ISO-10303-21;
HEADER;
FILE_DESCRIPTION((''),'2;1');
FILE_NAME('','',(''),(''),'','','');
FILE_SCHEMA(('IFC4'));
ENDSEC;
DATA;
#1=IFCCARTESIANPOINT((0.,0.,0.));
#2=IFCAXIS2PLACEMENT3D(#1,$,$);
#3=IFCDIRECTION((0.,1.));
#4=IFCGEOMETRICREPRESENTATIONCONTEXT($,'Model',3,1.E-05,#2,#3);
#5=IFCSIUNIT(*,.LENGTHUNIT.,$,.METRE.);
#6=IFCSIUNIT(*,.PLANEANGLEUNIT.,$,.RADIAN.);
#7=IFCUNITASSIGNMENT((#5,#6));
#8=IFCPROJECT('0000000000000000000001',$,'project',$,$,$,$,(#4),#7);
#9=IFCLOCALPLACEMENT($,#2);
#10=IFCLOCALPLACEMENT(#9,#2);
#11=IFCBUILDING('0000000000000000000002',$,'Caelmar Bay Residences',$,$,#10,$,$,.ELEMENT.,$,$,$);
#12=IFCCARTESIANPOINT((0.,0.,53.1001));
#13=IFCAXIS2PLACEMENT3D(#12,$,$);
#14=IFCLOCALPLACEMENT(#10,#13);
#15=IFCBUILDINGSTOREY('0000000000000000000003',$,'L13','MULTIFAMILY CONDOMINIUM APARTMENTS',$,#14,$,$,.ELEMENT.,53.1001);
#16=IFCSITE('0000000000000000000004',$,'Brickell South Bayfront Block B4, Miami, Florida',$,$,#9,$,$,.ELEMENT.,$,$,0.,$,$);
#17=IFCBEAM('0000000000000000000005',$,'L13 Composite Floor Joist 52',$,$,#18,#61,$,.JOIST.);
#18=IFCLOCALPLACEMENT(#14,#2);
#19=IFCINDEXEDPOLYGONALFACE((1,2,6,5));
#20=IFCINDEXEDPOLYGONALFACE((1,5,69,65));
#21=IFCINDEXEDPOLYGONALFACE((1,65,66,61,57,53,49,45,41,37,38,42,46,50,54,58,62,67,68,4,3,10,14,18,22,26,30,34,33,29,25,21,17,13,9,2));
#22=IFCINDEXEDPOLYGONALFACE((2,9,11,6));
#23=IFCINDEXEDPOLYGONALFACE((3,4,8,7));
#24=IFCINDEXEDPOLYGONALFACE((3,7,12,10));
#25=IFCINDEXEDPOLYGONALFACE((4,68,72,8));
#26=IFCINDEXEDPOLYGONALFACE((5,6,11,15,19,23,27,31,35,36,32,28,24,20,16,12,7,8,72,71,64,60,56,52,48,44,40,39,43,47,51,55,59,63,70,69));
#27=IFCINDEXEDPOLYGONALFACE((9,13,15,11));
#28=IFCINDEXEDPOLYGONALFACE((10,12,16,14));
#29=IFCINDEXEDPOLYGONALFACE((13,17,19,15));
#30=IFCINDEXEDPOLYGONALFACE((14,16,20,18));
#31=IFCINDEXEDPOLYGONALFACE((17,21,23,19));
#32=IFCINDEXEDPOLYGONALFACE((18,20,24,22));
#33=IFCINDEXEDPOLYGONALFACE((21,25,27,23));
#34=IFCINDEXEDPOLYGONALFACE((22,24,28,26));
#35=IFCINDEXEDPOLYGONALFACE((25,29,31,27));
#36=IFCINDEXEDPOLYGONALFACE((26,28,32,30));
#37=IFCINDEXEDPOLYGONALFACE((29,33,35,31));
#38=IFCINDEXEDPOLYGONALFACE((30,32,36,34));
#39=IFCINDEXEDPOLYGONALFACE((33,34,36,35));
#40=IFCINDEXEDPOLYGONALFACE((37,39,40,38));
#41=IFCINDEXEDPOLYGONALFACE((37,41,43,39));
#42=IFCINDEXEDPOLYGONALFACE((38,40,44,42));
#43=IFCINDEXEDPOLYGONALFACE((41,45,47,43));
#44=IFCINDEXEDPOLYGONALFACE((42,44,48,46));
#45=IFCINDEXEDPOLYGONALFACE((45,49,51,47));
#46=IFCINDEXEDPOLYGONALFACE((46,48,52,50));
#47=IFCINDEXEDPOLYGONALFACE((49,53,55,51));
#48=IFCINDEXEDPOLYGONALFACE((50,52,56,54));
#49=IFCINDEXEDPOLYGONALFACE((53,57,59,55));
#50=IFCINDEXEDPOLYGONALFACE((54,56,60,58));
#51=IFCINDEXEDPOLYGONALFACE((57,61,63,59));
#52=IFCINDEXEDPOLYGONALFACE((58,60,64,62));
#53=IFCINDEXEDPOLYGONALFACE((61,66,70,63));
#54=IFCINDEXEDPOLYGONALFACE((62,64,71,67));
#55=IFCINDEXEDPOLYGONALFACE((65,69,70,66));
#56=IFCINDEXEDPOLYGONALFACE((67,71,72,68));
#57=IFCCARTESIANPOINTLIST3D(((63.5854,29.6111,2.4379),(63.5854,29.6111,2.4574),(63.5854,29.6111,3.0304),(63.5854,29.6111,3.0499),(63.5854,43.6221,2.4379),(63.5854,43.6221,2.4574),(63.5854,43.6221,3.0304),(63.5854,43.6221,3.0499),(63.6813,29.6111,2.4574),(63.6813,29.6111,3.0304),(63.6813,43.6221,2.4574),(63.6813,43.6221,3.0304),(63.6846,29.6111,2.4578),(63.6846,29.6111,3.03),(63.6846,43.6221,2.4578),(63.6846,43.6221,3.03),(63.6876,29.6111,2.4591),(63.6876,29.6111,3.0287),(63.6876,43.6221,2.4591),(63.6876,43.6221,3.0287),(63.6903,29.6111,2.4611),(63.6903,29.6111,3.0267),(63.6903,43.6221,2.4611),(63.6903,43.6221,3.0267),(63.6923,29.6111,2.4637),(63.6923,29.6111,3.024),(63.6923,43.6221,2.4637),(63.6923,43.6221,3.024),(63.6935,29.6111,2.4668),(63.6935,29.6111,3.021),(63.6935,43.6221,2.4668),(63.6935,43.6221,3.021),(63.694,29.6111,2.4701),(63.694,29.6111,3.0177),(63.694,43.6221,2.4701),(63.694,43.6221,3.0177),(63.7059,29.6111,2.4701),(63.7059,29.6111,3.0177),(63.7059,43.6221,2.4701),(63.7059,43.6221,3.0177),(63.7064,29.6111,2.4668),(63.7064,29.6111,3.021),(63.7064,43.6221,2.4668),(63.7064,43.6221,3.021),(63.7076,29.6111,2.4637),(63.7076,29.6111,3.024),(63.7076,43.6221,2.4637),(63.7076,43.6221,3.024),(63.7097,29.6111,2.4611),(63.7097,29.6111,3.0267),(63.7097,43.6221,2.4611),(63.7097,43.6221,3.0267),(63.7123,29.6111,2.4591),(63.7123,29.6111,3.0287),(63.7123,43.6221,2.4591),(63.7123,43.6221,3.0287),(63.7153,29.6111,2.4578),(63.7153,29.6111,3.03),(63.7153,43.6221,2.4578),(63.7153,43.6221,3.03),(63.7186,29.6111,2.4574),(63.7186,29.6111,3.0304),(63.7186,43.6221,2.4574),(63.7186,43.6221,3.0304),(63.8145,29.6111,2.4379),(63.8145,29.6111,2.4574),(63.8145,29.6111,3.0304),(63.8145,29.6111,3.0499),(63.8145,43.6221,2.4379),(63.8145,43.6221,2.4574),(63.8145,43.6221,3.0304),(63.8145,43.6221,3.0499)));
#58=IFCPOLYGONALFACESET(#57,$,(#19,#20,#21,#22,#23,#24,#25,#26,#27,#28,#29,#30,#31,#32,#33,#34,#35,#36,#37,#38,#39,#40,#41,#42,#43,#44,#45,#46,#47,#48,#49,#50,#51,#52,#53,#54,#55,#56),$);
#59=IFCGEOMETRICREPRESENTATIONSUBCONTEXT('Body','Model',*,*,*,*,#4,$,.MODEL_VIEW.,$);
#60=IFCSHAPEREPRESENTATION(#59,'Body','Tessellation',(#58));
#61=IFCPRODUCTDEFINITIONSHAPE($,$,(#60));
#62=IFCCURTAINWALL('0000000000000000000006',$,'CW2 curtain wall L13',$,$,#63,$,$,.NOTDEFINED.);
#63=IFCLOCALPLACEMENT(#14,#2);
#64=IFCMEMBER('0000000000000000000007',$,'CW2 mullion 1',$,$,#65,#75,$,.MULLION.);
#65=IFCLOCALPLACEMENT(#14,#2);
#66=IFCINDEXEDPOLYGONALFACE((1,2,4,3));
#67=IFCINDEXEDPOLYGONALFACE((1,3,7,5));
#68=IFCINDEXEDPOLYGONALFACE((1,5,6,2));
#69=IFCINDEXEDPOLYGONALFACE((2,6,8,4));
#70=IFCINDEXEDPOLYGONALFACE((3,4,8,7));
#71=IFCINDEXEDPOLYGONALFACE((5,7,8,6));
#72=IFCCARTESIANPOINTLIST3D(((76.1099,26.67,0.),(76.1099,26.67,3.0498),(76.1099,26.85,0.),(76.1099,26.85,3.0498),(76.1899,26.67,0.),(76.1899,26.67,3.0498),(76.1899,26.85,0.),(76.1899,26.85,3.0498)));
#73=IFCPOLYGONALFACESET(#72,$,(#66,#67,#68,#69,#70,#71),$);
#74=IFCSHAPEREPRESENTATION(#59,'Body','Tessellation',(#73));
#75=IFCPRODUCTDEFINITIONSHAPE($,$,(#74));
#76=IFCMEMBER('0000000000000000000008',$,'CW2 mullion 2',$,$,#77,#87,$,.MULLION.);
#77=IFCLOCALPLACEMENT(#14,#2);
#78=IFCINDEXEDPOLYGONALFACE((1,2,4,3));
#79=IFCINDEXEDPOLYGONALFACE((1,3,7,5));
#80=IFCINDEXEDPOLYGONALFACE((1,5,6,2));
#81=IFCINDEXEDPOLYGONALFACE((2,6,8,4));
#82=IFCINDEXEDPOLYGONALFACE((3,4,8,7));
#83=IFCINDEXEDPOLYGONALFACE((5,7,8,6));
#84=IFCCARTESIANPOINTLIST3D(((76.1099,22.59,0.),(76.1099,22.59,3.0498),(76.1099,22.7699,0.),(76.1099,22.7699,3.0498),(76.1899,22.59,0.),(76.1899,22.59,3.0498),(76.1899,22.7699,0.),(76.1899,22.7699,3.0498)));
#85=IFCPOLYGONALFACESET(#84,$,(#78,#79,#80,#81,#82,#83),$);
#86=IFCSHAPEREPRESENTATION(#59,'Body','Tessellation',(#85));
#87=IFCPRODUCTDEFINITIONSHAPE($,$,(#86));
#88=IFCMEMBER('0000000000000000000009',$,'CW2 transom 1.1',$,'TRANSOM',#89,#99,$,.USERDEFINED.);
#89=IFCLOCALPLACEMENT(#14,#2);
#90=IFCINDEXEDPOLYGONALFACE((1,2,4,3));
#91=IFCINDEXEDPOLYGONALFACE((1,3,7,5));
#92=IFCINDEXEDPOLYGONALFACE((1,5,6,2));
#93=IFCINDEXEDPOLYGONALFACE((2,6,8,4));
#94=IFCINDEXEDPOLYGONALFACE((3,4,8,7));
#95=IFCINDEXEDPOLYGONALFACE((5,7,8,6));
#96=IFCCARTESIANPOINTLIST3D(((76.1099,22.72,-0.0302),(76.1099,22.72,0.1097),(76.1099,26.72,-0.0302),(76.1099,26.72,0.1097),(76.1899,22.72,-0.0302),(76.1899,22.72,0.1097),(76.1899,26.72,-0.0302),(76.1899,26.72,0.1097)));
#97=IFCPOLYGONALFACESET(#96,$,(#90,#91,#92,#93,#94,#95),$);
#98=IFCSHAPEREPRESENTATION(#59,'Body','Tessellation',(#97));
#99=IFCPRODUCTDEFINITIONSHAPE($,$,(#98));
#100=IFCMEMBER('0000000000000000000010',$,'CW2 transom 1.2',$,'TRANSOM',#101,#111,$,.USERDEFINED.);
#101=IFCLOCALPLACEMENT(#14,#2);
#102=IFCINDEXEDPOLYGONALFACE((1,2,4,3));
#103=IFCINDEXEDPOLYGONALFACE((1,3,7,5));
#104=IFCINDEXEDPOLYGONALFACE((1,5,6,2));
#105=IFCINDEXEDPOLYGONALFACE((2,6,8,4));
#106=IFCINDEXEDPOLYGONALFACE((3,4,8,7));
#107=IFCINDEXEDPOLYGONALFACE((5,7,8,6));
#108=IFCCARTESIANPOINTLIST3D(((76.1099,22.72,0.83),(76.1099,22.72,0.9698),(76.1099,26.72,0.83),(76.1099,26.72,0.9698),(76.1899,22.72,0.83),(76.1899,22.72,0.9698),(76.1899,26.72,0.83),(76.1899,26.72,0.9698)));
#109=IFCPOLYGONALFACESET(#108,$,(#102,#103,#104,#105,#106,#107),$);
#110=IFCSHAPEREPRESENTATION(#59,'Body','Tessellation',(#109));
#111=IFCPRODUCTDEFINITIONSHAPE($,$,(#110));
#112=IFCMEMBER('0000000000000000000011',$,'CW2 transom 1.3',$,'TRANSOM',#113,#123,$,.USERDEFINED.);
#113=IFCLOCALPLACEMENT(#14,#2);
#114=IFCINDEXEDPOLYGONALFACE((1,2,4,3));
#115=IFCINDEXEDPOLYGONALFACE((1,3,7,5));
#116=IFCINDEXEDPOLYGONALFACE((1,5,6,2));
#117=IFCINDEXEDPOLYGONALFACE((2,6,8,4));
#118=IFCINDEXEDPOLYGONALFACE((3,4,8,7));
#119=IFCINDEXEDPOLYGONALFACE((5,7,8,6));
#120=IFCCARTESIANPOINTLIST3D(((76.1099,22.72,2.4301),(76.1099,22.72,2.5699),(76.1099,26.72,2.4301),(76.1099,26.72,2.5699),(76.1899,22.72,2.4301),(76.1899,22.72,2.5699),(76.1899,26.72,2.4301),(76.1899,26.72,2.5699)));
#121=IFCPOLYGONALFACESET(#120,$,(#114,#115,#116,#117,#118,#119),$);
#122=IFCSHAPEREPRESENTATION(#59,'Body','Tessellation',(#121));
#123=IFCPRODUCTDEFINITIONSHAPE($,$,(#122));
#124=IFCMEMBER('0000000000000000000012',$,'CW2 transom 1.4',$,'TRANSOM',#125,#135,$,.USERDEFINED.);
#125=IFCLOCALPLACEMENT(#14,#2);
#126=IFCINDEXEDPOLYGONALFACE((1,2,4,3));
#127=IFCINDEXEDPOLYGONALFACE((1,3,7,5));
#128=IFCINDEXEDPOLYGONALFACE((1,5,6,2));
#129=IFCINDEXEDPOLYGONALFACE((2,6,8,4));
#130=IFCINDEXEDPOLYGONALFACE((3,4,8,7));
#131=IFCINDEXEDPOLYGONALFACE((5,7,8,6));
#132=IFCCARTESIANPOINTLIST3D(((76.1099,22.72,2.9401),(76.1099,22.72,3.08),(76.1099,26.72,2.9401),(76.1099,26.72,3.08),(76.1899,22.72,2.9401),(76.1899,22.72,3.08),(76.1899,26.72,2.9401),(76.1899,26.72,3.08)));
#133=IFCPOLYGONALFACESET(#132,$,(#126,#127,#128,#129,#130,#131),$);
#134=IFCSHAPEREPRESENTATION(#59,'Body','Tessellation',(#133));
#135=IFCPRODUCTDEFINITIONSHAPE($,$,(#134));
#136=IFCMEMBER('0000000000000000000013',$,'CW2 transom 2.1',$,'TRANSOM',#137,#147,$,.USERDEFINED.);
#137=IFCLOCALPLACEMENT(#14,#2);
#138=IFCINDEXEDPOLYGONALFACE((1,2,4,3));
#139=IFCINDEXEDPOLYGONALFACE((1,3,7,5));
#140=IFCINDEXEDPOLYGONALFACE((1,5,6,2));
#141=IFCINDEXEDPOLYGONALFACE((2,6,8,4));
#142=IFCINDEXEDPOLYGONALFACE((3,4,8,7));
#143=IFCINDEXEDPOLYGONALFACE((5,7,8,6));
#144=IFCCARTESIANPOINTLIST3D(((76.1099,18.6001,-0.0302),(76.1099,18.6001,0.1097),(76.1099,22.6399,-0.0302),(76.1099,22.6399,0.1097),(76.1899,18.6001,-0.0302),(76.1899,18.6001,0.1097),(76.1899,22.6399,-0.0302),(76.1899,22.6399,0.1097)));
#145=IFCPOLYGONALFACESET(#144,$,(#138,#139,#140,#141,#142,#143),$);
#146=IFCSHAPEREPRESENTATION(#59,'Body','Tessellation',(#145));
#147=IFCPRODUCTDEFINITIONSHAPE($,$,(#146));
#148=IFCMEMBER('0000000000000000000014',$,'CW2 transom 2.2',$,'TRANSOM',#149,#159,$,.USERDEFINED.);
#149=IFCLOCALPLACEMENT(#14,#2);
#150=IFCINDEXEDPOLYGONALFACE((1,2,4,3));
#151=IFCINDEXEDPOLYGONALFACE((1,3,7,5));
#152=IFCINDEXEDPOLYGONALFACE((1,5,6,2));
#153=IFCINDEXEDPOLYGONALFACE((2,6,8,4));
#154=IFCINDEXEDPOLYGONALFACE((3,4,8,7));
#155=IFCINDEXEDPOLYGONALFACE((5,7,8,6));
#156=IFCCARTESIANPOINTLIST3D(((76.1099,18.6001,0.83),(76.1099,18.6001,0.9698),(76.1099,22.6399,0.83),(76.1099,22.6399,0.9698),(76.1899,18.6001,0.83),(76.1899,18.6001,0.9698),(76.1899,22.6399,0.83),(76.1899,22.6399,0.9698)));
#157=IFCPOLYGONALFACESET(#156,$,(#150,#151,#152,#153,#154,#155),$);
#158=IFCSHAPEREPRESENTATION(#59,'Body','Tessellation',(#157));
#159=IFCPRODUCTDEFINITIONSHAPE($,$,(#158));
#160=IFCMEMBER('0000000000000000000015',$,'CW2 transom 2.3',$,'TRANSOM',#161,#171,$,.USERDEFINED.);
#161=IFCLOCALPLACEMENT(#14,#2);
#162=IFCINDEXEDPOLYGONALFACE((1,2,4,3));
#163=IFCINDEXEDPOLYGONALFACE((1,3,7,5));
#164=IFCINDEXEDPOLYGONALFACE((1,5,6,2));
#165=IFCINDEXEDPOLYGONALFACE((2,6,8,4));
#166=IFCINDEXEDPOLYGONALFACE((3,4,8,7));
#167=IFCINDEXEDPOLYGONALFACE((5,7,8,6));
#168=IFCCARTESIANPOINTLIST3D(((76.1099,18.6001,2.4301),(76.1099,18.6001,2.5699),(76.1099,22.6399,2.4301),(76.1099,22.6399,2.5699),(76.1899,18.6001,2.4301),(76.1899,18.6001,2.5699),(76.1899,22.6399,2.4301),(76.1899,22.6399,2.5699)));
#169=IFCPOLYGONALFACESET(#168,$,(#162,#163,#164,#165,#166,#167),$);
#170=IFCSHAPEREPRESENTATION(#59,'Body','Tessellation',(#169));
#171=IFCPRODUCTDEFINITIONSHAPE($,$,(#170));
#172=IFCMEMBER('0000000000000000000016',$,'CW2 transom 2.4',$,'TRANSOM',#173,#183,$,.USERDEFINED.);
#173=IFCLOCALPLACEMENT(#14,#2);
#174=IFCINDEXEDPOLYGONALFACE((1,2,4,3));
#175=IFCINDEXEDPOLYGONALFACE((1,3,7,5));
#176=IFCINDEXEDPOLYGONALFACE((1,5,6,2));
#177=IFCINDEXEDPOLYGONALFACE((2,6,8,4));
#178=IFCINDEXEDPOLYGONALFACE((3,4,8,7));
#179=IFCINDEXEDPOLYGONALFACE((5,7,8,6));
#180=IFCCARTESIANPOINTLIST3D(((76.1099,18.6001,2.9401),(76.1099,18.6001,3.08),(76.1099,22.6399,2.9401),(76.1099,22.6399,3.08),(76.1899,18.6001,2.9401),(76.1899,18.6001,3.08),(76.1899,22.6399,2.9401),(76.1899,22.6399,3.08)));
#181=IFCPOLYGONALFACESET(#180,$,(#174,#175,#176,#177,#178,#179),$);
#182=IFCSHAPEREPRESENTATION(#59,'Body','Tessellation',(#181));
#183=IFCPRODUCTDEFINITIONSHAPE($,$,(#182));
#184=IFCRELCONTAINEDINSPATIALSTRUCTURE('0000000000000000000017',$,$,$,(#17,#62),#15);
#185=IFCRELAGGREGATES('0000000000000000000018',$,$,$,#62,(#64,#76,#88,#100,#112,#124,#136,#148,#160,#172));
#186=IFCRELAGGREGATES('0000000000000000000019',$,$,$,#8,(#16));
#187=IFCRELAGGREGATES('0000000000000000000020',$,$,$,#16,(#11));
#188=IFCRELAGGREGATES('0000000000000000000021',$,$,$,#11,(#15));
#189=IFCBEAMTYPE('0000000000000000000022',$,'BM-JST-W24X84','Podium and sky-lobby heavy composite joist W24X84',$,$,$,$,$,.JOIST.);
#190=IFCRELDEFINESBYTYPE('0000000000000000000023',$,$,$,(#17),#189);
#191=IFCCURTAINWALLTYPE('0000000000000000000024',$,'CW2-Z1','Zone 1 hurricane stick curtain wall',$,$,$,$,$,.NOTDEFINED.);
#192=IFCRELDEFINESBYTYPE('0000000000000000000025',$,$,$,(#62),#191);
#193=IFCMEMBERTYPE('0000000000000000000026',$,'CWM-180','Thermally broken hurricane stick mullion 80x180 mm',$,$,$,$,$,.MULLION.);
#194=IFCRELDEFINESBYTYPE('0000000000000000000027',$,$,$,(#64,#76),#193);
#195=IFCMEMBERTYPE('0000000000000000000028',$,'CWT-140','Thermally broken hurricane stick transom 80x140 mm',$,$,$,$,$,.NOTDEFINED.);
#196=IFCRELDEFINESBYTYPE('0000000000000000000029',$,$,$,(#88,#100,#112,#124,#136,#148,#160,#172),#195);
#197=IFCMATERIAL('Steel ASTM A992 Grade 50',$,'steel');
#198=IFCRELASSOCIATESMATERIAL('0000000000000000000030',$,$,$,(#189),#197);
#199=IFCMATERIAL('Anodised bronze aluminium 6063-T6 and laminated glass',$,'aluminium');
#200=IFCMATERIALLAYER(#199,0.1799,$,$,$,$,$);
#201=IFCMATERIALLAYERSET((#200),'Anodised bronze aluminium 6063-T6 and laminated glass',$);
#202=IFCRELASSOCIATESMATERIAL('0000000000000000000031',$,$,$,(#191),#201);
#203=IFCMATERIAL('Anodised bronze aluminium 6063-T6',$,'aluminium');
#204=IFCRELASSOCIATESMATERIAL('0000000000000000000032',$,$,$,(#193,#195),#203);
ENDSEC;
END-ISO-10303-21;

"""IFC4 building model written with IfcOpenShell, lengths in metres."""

from ifc_helpers import new_model, si_unit, direction, frame, origin, origin_2d, place, context, subcontext, project, spatial, rectangle, i_section, extrude, material, layer, layer_set, material_profile, profile_set, type_object, element, aggregate, save


model = new_model("IFC4")

# Units and contexts
model_context = context("Model", 3, precision=1e-05, world=origin(), true_north=direction((0.0, 1.0)))
body_context = subcontext(model_context, "Body", "Model", "MODEL_VIEW")
ifc_project = project(units=[si_unit("LENGTHUNIT", "METRE"), si_unit("PLANEANGLEUNIT", "RADIAN")], contexts=[model_context])

# Site, building, storey
site_placement = place(None, origin())
site = spatial("IfcSite", under=ifc_project, at=site_placement, Name="Brickell South Bayfront Block B4, Miami, Florida", CompositionType="ELEMENT", RefElevation=0.0)
building_placement = place(site_placement, origin())
building = spatial("IfcBuilding", under=site, at=building_placement, Name="Caelmar Bay Residences", CompositionType="ELEMENT")
storey_placement = place(building_placement, frame((0.0, 0.0, 53.1001)))
storey = spatial("IfcBuildingStorey", under=building, at=storey_placement, Name="L13", Description="MULTIFAMILY CONDOMINIUM APARTMENTS", CompositionType="ELEMENT", Elevation=53.1001)

# Beam
ifc_material_1 = material(Name="Steel ASTM A992 Grade 50", Category="steel")
ifc_material_profile_1 = material_profile(ifc_material_1, i_section(OverallWidth=0.229, OverallDepth=0.6121, WebThickness=0.012, FlangeThickness=0.0195, FilletRadius=0.0127, at=origin_2d()), Name="W24X84")
ifc_profile_set_1 = profile_set([ifc_material_profile_1], Name="Steel ASTM A992 Grade 50")
beam_type_1 = type_object("IfcBeamType", Name="BM-JST-W24X84", Description="Podium and sky-lobby heavy composite joist W24X84", PredefinedType="JOIST", material=ifc_profile_set_1)
beam_1_placement = place(storey_placement, frame((63.7, 29.6111, 2.7439), z_axis=(0.0, 1.0, 0.0), x_axis=(-1.0, 0.0, 0.0)))
element("IfcBeam", 1, at=beam_1_placement, inside=storey, type_object=beam_type_1, Name="L13 Composite Floor Joist 52", PredefinedType="JOIST", context=body_context, shape_type="SweptSolid", body=[
    extrude(i_section(OverallWidth=0.229, OverallDepth=0.6121, WebThickness=0.012, FlangeThickness=0.0195, FilletRadius=0.0127, at=origin_2d()), origin(), (0.0, 0.0, 1.0), 14.011),
])

# Curtain wall, members
ifc_material_2 = material(Name="Anodised bronze aluminium 6063-T6 and laminated glass", Category="aluminium")
ifc_layer_1 = layer(ifc_material_2, 0.1799)
ifc_layer_set_1 = layer_set([ifc_layer_1], Name="Anodised bronze aluminium 6063-T6 and laminated glass")
curtain_wall_type = type_object("IfcCurtainWallType", Name="CW2-Z1", Description="Zone 1 hurricane stick curtain wall", PredefinedType="NOTDEFINED", material=ifc_layer_set_1)
curtain_wall_placement = place(storey_placement, origin())
curtain_wall = element("IfcCurtainWall", 2, at=curtain_wall_placement, inside=storey, type_object=curtain_wall_type, Name="CW2 curtain wall L13", PredefinedType="NOTDEFINED")
ifc_material_3 = material(Name="Anodised bronze aluminium 6063-T6", Category="aluminium")
ifc_material_profile_2 = material_profile(ifc_material_3, rectangle(XDim=0.0801, YDim=0.1799, at=origin_2d()), Name="CWM-80X180")
ifc_profile_set_2 = profile_set([ifc_material_profile_2], Name="Anodised bronze aluminium 6063-T6")
member_type_1 = type_object("IfcMemberType", Name="CWM-180", Description="Thermally broken hurricane stick mullion 80x180 mm", PredefinedType="MULLION", material=ifc_profile_set_2)
member_1_placement = place(storey_placement, frame((76.1499, 26.76, 0.0), z_axis=(0.0, 0.0, 1.0), x_axis=(1.0, 0.0, 0.0)))
member_1 = element("IfcMember", 3, at=member_1_placement, type_object=member_type_1, Name="CW2 mullion 1", PredefinedType="MULLION", context=body_context, shape_type="SweptSolid", body=[
    extrude(rectangle(XDim=0.0801, YDim=0.1799, at=origin_2d()), origin(), (0.0, 0.0, 1.0), 3.0498),
])
member_2_placement = place(storey_placement, frame((76.1499, 22.6799, 0.0), z_axis=(0.0, 0.0, 1.0), x_axis=(1.0, 0.0, 0.0)))
member_2 = element("IfcMember", 4, at=member_2_placement, type_object=member_type_1, Name="CW2 mullion 2", PredefinedType="MULLION", context=body_context, shape_type="SweptSolid", body=[
    extrude(rectangle(XDim=0.0801, YDim=0.1799, at=origin_2d()), origin(), (0.0, 0.0, 1.0), 3.0498),
])
ifc_material_profile_3 = material_profile(ifc_material_3, rectangle(XDim=0.0801, YDim=0.1399, at=origin_2d()), Name="CWT-80X140")
ifc_profile_set_3 = profile_set([ifc_material_profile_3], Name="Anodised bronze aluminium 6063-T6")
member_type_2 = type_object("IfcMemberType", Name="CWT-140", Description="Thermally broken hurricane stick transom 80x140 mm", PredefinedType="NOTDEFINED", material=ifc_profile_set_3)
member_3_placement = place(storey_placement, frame((76.1499, 26.72, 0.0398), z_axis=(0.0, -1.0, 0.0), x_axis=(1.0, 0.0, 0.0)))
member_3 = element("IfcMember", 5, at=member_3_placement, type_object=member_type_2, Name="CW2 transom 1.1", ObjectType="TRANSOM", PredefinedType="USERDEFINED", context=body_context, shape_type="SweptSolid", body=[
    extrude(rectangle(XDim=0.0801, YDim=0.1399, at=origin_2d()), origin(), (0.0, 0.0, 1.0), 4.0),
])
member_4_placement = place(storey_placement, frame((76.1499, 26.72, 0.8999), z_axis=(0.0, -1.0, 0.0), x_axis=(1.0, 0.0, 0.0)))
member_4 = element("IfcMember", 6, at=member_4_placement, type_object=member_type_2, Name="CW2 transom 1.2", ObjectType="TRANSOM", PredefinedType="USERDEFINED", context=body_context, shape_type="SweptSolid", body=[
    extrude(rectangle(XDim=0.0801, YDim=0.1399, at=origin_2d()), origin(), (0.0, 0.0, 1.0), 4.0),
])
member_5_placement = place(storey_placement, frame((76.1499, 26.72, 2.5), z_axis=(0.0, -1.0, 0.0), x_axis=(1.0, 0.0, 0.0)))
member_5 = element("IfcMember", 7, at=member_5_placement, type_object=member_type_2, Name="CW2 transom 1.3", ObjectType="TRANSOM", PredefinedType="USERDEFINED", context=body_context, shape_type="SweptSolid", body=[
    extrude(rectangle(XDim=0.0801, YDim=0.1399, at=origin_2d()), origin(), (0.0, 0.0, 1.0), 4.0),
])
member_6_placement = place(storey_placement, frame((76.1499, 26.72, 3.01), z_axis=(0.0, -1.0, 0.0), x_axis=(1.0, 0.0, 0.0)))
member_6 = element("IfcMember", 8, at=member_6_placement, type_object=member_type_2, Name="CW2 transom 1.4", ObjectType="TRANSOM", PredefinedType="USERDEFINED", context=body_context, shape_type="SweptSolid", body=[
    extrude(rectangle(XDim=0.0801, YDim=0.1399, at=origin_2d()), origin(), (0.0, 0.0, 1.0), 4.0),
])
member_7_placement = place(storey_placement, frame((76.1499, 22.6399, 0.0398), z_axis=(0.0, -1.0, 0.0), x_axis=(1.0, 0.0, 0.0)))
member_7 = element("IfcMember", 9, at=member_7_placement, type_object=member_type_2, Name="CW2 transom 2.1", ObjectType="TRANSOM", PredefinedType="USERDEFINED", context=body_context, shape_type="SweptSolid", body=[
    extrude(rectangle(XDim=0.0801, YDim=0.1399, at=origin_2d()), origin(), (0.0, 0.0, 1.0), 4.0398),
])
member_8_placement = place(storey_placement, frame((76.1499, 22.6399, 0.8999), z_axis=(0.0, -1.0, 0.0), x_axis=(1.0, 0.0, 0.0)))
member_8 = element("IfcMember", 10, at=member_8_placement, type_object=member_type_2, Name="CW2 transom 2.2", ObjectType="TRANSOM", PredefinedType="USERDEFINED", context=body_context, shape_type="SweptSolid", body=[
    extrude(rectangle(XDim=0.0801, YDim=0.1399, at=origin_2d()), origin(), (0.0, 0.0, 1.0), 4.0398),
])
member_9_placement = place(storey_placement, frame((76.1499, 22.6399, 2.5), z_axis=(0.0, -1.0, 0.0), x_axis=(1.0, 0.0, 0.0)))
member_9 = element("IfcMember", 11, at=member_9_placement, type_object=member_type_2, Name="CW2 transom 2.3", ObjectType="TRANSOM", PredefinedType="USERDEFINED", context=body_context, shape_type="SweptSolid", body=[
    extrude(rectangle(XDim=0.0801, YDim=0.1399, at=origin_2d()), origin(), (0.0, 0.0, 1.0), 4.0398),
])
member_10_placement = place(storey_placement, frame((76.1499, 22.6399, 3.01), z_axis=(0.0, -1.0, 0.0), x_axis=(1.0, 0.0, 0.0)))
member_10 = element("IfcMember", 12, at=member_10_placement, type_object=member_type_2, Name="CW2 transom 2.4", ObjectType="TRANSOM", PredefinedType="USERDEFINED", context=body_context, shape_type="SweptSolid", body=[
    extrude(rectangle(XDim=0.0801, YDim=0.1399, at=origin_2d()), origin(), (0.0, 0.0, 1.0), 4.0398),
])
aggregate(curtain_wall, [member_1, member_2, member_3, member_4, member_5, member_6, member_7, member_8, member_9, member_10])

save(model, "model.ifc")
